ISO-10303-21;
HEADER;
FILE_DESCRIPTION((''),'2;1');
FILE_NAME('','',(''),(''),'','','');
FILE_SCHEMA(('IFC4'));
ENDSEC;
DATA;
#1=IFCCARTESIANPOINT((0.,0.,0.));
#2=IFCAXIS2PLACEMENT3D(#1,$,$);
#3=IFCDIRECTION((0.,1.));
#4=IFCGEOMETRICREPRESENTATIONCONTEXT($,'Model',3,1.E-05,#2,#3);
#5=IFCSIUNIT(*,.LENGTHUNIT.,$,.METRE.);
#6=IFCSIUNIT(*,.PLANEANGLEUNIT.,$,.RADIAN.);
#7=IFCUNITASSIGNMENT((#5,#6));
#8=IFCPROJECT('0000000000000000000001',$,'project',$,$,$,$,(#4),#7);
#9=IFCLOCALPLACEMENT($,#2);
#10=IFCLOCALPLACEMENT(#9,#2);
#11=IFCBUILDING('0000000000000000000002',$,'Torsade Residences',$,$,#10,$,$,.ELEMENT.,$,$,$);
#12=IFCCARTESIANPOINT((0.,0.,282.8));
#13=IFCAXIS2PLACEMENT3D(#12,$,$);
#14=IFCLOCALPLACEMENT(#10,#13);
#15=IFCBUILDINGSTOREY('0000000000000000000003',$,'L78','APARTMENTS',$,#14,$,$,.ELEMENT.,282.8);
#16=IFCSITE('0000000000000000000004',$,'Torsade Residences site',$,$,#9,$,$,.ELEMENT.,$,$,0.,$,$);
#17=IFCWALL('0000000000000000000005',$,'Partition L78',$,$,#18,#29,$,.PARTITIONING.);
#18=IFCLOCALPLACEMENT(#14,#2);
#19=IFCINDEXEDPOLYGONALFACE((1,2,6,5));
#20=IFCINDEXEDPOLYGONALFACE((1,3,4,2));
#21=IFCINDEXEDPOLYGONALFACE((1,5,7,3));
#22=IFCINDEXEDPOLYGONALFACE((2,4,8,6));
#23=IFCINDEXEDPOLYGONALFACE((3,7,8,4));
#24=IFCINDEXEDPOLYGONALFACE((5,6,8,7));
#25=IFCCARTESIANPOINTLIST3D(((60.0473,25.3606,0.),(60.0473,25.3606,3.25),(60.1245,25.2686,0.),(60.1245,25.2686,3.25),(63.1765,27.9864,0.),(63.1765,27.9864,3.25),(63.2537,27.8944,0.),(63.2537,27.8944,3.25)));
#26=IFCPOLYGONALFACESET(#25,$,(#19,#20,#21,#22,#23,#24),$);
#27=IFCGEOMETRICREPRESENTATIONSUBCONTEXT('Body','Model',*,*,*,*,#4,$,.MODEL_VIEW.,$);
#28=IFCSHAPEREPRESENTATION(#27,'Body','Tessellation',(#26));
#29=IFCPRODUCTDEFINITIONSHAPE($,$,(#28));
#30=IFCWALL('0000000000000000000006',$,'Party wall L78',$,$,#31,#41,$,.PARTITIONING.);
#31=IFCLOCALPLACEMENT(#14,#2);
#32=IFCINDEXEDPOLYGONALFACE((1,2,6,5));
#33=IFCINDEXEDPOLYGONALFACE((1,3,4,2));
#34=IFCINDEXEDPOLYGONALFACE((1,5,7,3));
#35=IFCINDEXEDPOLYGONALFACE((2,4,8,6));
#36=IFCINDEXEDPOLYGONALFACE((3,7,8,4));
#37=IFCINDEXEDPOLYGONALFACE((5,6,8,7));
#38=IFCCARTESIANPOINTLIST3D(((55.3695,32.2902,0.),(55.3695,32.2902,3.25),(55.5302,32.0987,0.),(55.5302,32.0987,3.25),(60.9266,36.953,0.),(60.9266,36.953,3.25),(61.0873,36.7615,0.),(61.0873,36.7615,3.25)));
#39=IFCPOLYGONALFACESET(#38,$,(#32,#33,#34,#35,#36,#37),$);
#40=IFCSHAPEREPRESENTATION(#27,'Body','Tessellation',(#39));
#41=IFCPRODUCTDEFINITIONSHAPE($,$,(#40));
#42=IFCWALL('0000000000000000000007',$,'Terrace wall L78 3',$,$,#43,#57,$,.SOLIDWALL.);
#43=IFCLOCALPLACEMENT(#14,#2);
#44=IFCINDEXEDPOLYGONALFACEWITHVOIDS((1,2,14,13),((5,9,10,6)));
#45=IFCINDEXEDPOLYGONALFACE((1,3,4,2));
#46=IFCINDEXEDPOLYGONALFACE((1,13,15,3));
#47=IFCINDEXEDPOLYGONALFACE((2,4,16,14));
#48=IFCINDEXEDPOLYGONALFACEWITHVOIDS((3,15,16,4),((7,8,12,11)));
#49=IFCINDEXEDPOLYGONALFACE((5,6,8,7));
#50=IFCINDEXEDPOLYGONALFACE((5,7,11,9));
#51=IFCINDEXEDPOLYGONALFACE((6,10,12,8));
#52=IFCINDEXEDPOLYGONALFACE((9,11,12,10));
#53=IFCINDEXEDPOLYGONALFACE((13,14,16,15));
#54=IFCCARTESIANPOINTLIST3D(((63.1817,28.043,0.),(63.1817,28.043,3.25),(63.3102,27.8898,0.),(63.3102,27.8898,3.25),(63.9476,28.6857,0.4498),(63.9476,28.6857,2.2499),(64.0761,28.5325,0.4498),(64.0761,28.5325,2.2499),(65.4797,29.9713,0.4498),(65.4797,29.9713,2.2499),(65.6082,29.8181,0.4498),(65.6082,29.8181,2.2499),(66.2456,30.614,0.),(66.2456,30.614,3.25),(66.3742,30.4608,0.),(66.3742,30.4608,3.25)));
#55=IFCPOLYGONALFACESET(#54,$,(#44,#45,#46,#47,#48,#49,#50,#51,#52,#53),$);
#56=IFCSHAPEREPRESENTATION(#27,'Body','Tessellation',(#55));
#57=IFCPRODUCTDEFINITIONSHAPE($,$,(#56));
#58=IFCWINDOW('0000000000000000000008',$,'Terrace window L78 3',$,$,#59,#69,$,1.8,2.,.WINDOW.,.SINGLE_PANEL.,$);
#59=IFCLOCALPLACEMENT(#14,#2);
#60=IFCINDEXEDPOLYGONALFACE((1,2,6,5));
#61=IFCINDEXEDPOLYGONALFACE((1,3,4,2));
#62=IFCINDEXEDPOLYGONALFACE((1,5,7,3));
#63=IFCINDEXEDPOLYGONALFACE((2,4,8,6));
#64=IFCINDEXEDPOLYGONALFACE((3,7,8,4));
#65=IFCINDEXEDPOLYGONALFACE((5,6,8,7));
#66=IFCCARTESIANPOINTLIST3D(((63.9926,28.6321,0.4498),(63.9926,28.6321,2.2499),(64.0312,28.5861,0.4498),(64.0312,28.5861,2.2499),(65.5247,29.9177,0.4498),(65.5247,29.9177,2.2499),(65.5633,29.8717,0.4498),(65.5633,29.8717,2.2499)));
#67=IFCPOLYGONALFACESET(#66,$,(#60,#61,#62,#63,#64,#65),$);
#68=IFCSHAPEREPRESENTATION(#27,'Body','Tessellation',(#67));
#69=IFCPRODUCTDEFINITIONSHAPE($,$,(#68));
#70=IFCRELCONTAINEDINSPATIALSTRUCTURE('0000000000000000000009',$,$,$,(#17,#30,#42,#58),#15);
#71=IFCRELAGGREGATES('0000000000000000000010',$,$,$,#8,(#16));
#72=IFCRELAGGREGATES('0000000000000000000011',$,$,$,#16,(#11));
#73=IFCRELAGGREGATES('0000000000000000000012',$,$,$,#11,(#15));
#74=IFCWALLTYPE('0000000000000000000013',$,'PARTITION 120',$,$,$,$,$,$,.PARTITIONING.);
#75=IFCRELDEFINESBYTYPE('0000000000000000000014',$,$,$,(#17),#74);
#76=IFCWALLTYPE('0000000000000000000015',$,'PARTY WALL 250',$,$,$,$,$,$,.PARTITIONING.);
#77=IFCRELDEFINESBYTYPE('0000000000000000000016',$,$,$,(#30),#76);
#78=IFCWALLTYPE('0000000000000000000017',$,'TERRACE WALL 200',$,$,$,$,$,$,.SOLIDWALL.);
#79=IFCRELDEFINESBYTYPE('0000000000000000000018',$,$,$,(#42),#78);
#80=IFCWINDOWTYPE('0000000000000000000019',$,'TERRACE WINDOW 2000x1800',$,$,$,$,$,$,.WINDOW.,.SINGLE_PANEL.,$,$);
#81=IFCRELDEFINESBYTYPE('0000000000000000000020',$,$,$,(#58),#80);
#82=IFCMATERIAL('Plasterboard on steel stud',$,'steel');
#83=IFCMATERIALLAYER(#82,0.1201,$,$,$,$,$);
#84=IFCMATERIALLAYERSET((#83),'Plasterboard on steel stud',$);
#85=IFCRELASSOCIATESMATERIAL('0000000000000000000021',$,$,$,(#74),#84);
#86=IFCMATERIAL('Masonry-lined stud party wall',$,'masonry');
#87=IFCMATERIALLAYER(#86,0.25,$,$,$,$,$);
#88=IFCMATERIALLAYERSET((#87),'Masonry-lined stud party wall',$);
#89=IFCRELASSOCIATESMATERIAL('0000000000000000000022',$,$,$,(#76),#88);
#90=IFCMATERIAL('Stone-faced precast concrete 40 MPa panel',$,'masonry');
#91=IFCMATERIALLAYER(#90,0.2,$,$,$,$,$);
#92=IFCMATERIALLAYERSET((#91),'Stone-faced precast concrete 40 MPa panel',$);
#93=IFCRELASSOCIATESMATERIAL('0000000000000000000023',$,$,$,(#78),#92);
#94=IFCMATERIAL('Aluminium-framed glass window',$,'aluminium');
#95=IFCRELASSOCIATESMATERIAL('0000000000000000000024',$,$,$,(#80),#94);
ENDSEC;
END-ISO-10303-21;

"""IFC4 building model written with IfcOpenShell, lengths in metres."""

from ifc_helpers import new_model, si_unit, direction, frame, frame_2d, origin, place, context, subcontext, project, spatial, rectangle, extrude, material, layer, layer_set, type_object, element, fill, save


model = new_model("IFC4")

# Units and contexts
model_context = context("Model", 3, precision=1e-05, world=origin(), true_north=direction((0.0, 1.0)))
body_context = subcontext(model_context, "Body", "Model", "MODEL_VIEW")
ifc_project = project(units=[si_unit("LENGTHUNIT", "METRE"), si_unit("PLANEANGLEUNIT", "RADIAN")], contexts=[model_context])

# Site, building, storey
site_placement = place(None, origin())
site = spatial("IfcSite", under=ifc_project, at=site_placement, Name="Torsade Residences site", CompositionType="ELEMENT", RefElevation=0.0)
building_placement = place(site_placement, origin())
building = spatial("IfcBuilding", under=site, at=building_placement, Name="Torsade Residences", CompositionType="ELEMENT")
storey_placement = place(building_placement, frame((0.0, 0.0, 282.8)))
storey = spatial("IfcBuildingStorey", under=building, at=storey_placement, Name="L78", Description="APARTMENTS", CompositionType="ELEMENT", Elevation=282.8)

# Walls
ifc_material_1 = material(Name="Plasterboard on steel stud", Category="steel")
ifc_layer_1 = layer(ifc_material_1, 0.1201)
ifc_layer_set_1 = layer_set([ifc_layer_1], Name="Plasterboard on steel stud")
wall_type_1 = type_object("IfcWallType", Name="PARTITION 120", PredefinedType="PARTITIONING", material=ifc_layer_set_1)
wall_1_placement = place(storey_placement, frame((63.2151, 27.9404, 0.0), z_axis=(0.0, 0.0, 1.0), x_axis=(-0.766037, -0.642797, 0.0)))
element("IfcWall", 1, at=wall_1_placement, inside=storey, type_object=wall_type_1, Name="Partition L78", PredefinedType="PARTITIONING", context=body_context, shape_type="SweptSolid", body=[
    extrude(rectangle(XDim=4.085, YDim=0.1201, at=frame_2d((2.0425, 0.0))), origin(), (0.0, 0.0, 1.0), 3.25),
])
ifc_material_2 = material(Name="Masonry-lined stud party wall", Category="masonry")
ifc_layer_2 = layer(ifc_material_2, 0.25)
ifc_layer_set_2 = layer_set([ifc_layer_2], Name="Masonry-lined stud party wall")
wall_type_2 = type_object("IfcWallType", Name="PARTY WALL 250", PredefinedType="PARTITIONING", material=ifc_layer_set_2)
wall_2_placement = place(storey_placement, frame((61.0068, 36.8572, 0.0), z_axis=(0.0, 0.0, 1.0), x_axis=(-0.766054, -0.642776, 0.0)))
element("IfcWall", 2, at=wall_2_placement, inside=storey, type_object=wall_type_2, Name="Party wall L78", PredefinedType="PARTITIONING", context=body_context, shape_type="SweptSolid", body=[
    extrude(rectangle(XDim=7.2542, YDim=0.25, at=frame_2d((3.627, 0.0))), origin(), (0.0, 0.0, 1.0), 3.25),
])

# Wall, opening, window
ifc_material_3 = material(Name="Stone-faced precast concrete 40 MPa panel", Category="masonry")
ifc_layer_3 = layer(ifc_material_3, 0.2)
ifc_layer_set_3 = layer_set([ifc_layer_3], Name="Stone-faced precast concrete 40 MPa panel")
wall_type_3 = type_object("IfcWallType", Name="TERRACE WALL 200", PredefinedType="SOLIDWALL", material=ifc_layer_set_3)
wall_3_placement = place(storey_placement, frame((63.2458, 27.9663, 0.0), z_axis=(0.0, 0.0, 1.0), x_axis=(0.766035, 0.642798, 0.0)))
wall_3 = element("IfcWall", 3, at=wall_3_placement, inside=storey, type_object=wall_type_3, Name="Terrace wall L78 3", PredefinedType="SOLIDWALL", context=body_context, shape_type="SweptSolid", body=[
    extrude(rectangle(XDim=3.9998, YDim=0.2, at=frame_2d((2.0, 0.0))), origin(), (0.0, 0.0, 1.0), 3.25),
])
opening_placement = place(wall_3_placement, frame((1.0, 0.0, 0.45)))
opening = element("IfcOpeningElement", 4, at=opening_placement, cuts=wall_3, PredefinedType="OPENING", context=body_context, shape_type="SweptSolid", body=[
    extrude(rectangle(XDim=2.0, YDim=1.8, at=frame_2d((1.0, 0.8999))), frame((0.0, 0.1099, 0.0), z_axis=(0.0, -1.0, 0.0), x_axis=(1.0, 0.0, 0.0)), (0.0, 0.0, 1.0), 0.22),
])
ifc_material_4 = material(Name="Aluminium-framed glass window", Category="aluminium")
window_type = type_object("IfcWindowType", Name="TERRACE WINDOW 2000x1800", PartitioningType="SINGLE_PANEL", PredefinedType="WINDOW", material=ifc_material_4)
window_placement = place(opening_placement, origin())
window = element("IfcWindow", 5, at=window_placement, inside=storey, type_object=window_type, Name="Terrace window L78 3", OverallHeight=1.8, OverallWidth=2.0, PartitioningType="SINGLE_PANEL", PredefinedType="WINDOW", context=body_context, shape_type="SweptSolid", body=[
    extrude(rectangle(XDim=2.0, YDim=1.8, at=frame_2d((1.0, 0.8999))), frame((0.0, 0.03, 0.0), z_axis=(0.0, -1.0, 0.0), x_axis=(1.0, 0.0, 0.0)), (0.0, 0.0, 1.0), 0.0601),
])
fill(opening, window)

save(model, "model.ifc")
